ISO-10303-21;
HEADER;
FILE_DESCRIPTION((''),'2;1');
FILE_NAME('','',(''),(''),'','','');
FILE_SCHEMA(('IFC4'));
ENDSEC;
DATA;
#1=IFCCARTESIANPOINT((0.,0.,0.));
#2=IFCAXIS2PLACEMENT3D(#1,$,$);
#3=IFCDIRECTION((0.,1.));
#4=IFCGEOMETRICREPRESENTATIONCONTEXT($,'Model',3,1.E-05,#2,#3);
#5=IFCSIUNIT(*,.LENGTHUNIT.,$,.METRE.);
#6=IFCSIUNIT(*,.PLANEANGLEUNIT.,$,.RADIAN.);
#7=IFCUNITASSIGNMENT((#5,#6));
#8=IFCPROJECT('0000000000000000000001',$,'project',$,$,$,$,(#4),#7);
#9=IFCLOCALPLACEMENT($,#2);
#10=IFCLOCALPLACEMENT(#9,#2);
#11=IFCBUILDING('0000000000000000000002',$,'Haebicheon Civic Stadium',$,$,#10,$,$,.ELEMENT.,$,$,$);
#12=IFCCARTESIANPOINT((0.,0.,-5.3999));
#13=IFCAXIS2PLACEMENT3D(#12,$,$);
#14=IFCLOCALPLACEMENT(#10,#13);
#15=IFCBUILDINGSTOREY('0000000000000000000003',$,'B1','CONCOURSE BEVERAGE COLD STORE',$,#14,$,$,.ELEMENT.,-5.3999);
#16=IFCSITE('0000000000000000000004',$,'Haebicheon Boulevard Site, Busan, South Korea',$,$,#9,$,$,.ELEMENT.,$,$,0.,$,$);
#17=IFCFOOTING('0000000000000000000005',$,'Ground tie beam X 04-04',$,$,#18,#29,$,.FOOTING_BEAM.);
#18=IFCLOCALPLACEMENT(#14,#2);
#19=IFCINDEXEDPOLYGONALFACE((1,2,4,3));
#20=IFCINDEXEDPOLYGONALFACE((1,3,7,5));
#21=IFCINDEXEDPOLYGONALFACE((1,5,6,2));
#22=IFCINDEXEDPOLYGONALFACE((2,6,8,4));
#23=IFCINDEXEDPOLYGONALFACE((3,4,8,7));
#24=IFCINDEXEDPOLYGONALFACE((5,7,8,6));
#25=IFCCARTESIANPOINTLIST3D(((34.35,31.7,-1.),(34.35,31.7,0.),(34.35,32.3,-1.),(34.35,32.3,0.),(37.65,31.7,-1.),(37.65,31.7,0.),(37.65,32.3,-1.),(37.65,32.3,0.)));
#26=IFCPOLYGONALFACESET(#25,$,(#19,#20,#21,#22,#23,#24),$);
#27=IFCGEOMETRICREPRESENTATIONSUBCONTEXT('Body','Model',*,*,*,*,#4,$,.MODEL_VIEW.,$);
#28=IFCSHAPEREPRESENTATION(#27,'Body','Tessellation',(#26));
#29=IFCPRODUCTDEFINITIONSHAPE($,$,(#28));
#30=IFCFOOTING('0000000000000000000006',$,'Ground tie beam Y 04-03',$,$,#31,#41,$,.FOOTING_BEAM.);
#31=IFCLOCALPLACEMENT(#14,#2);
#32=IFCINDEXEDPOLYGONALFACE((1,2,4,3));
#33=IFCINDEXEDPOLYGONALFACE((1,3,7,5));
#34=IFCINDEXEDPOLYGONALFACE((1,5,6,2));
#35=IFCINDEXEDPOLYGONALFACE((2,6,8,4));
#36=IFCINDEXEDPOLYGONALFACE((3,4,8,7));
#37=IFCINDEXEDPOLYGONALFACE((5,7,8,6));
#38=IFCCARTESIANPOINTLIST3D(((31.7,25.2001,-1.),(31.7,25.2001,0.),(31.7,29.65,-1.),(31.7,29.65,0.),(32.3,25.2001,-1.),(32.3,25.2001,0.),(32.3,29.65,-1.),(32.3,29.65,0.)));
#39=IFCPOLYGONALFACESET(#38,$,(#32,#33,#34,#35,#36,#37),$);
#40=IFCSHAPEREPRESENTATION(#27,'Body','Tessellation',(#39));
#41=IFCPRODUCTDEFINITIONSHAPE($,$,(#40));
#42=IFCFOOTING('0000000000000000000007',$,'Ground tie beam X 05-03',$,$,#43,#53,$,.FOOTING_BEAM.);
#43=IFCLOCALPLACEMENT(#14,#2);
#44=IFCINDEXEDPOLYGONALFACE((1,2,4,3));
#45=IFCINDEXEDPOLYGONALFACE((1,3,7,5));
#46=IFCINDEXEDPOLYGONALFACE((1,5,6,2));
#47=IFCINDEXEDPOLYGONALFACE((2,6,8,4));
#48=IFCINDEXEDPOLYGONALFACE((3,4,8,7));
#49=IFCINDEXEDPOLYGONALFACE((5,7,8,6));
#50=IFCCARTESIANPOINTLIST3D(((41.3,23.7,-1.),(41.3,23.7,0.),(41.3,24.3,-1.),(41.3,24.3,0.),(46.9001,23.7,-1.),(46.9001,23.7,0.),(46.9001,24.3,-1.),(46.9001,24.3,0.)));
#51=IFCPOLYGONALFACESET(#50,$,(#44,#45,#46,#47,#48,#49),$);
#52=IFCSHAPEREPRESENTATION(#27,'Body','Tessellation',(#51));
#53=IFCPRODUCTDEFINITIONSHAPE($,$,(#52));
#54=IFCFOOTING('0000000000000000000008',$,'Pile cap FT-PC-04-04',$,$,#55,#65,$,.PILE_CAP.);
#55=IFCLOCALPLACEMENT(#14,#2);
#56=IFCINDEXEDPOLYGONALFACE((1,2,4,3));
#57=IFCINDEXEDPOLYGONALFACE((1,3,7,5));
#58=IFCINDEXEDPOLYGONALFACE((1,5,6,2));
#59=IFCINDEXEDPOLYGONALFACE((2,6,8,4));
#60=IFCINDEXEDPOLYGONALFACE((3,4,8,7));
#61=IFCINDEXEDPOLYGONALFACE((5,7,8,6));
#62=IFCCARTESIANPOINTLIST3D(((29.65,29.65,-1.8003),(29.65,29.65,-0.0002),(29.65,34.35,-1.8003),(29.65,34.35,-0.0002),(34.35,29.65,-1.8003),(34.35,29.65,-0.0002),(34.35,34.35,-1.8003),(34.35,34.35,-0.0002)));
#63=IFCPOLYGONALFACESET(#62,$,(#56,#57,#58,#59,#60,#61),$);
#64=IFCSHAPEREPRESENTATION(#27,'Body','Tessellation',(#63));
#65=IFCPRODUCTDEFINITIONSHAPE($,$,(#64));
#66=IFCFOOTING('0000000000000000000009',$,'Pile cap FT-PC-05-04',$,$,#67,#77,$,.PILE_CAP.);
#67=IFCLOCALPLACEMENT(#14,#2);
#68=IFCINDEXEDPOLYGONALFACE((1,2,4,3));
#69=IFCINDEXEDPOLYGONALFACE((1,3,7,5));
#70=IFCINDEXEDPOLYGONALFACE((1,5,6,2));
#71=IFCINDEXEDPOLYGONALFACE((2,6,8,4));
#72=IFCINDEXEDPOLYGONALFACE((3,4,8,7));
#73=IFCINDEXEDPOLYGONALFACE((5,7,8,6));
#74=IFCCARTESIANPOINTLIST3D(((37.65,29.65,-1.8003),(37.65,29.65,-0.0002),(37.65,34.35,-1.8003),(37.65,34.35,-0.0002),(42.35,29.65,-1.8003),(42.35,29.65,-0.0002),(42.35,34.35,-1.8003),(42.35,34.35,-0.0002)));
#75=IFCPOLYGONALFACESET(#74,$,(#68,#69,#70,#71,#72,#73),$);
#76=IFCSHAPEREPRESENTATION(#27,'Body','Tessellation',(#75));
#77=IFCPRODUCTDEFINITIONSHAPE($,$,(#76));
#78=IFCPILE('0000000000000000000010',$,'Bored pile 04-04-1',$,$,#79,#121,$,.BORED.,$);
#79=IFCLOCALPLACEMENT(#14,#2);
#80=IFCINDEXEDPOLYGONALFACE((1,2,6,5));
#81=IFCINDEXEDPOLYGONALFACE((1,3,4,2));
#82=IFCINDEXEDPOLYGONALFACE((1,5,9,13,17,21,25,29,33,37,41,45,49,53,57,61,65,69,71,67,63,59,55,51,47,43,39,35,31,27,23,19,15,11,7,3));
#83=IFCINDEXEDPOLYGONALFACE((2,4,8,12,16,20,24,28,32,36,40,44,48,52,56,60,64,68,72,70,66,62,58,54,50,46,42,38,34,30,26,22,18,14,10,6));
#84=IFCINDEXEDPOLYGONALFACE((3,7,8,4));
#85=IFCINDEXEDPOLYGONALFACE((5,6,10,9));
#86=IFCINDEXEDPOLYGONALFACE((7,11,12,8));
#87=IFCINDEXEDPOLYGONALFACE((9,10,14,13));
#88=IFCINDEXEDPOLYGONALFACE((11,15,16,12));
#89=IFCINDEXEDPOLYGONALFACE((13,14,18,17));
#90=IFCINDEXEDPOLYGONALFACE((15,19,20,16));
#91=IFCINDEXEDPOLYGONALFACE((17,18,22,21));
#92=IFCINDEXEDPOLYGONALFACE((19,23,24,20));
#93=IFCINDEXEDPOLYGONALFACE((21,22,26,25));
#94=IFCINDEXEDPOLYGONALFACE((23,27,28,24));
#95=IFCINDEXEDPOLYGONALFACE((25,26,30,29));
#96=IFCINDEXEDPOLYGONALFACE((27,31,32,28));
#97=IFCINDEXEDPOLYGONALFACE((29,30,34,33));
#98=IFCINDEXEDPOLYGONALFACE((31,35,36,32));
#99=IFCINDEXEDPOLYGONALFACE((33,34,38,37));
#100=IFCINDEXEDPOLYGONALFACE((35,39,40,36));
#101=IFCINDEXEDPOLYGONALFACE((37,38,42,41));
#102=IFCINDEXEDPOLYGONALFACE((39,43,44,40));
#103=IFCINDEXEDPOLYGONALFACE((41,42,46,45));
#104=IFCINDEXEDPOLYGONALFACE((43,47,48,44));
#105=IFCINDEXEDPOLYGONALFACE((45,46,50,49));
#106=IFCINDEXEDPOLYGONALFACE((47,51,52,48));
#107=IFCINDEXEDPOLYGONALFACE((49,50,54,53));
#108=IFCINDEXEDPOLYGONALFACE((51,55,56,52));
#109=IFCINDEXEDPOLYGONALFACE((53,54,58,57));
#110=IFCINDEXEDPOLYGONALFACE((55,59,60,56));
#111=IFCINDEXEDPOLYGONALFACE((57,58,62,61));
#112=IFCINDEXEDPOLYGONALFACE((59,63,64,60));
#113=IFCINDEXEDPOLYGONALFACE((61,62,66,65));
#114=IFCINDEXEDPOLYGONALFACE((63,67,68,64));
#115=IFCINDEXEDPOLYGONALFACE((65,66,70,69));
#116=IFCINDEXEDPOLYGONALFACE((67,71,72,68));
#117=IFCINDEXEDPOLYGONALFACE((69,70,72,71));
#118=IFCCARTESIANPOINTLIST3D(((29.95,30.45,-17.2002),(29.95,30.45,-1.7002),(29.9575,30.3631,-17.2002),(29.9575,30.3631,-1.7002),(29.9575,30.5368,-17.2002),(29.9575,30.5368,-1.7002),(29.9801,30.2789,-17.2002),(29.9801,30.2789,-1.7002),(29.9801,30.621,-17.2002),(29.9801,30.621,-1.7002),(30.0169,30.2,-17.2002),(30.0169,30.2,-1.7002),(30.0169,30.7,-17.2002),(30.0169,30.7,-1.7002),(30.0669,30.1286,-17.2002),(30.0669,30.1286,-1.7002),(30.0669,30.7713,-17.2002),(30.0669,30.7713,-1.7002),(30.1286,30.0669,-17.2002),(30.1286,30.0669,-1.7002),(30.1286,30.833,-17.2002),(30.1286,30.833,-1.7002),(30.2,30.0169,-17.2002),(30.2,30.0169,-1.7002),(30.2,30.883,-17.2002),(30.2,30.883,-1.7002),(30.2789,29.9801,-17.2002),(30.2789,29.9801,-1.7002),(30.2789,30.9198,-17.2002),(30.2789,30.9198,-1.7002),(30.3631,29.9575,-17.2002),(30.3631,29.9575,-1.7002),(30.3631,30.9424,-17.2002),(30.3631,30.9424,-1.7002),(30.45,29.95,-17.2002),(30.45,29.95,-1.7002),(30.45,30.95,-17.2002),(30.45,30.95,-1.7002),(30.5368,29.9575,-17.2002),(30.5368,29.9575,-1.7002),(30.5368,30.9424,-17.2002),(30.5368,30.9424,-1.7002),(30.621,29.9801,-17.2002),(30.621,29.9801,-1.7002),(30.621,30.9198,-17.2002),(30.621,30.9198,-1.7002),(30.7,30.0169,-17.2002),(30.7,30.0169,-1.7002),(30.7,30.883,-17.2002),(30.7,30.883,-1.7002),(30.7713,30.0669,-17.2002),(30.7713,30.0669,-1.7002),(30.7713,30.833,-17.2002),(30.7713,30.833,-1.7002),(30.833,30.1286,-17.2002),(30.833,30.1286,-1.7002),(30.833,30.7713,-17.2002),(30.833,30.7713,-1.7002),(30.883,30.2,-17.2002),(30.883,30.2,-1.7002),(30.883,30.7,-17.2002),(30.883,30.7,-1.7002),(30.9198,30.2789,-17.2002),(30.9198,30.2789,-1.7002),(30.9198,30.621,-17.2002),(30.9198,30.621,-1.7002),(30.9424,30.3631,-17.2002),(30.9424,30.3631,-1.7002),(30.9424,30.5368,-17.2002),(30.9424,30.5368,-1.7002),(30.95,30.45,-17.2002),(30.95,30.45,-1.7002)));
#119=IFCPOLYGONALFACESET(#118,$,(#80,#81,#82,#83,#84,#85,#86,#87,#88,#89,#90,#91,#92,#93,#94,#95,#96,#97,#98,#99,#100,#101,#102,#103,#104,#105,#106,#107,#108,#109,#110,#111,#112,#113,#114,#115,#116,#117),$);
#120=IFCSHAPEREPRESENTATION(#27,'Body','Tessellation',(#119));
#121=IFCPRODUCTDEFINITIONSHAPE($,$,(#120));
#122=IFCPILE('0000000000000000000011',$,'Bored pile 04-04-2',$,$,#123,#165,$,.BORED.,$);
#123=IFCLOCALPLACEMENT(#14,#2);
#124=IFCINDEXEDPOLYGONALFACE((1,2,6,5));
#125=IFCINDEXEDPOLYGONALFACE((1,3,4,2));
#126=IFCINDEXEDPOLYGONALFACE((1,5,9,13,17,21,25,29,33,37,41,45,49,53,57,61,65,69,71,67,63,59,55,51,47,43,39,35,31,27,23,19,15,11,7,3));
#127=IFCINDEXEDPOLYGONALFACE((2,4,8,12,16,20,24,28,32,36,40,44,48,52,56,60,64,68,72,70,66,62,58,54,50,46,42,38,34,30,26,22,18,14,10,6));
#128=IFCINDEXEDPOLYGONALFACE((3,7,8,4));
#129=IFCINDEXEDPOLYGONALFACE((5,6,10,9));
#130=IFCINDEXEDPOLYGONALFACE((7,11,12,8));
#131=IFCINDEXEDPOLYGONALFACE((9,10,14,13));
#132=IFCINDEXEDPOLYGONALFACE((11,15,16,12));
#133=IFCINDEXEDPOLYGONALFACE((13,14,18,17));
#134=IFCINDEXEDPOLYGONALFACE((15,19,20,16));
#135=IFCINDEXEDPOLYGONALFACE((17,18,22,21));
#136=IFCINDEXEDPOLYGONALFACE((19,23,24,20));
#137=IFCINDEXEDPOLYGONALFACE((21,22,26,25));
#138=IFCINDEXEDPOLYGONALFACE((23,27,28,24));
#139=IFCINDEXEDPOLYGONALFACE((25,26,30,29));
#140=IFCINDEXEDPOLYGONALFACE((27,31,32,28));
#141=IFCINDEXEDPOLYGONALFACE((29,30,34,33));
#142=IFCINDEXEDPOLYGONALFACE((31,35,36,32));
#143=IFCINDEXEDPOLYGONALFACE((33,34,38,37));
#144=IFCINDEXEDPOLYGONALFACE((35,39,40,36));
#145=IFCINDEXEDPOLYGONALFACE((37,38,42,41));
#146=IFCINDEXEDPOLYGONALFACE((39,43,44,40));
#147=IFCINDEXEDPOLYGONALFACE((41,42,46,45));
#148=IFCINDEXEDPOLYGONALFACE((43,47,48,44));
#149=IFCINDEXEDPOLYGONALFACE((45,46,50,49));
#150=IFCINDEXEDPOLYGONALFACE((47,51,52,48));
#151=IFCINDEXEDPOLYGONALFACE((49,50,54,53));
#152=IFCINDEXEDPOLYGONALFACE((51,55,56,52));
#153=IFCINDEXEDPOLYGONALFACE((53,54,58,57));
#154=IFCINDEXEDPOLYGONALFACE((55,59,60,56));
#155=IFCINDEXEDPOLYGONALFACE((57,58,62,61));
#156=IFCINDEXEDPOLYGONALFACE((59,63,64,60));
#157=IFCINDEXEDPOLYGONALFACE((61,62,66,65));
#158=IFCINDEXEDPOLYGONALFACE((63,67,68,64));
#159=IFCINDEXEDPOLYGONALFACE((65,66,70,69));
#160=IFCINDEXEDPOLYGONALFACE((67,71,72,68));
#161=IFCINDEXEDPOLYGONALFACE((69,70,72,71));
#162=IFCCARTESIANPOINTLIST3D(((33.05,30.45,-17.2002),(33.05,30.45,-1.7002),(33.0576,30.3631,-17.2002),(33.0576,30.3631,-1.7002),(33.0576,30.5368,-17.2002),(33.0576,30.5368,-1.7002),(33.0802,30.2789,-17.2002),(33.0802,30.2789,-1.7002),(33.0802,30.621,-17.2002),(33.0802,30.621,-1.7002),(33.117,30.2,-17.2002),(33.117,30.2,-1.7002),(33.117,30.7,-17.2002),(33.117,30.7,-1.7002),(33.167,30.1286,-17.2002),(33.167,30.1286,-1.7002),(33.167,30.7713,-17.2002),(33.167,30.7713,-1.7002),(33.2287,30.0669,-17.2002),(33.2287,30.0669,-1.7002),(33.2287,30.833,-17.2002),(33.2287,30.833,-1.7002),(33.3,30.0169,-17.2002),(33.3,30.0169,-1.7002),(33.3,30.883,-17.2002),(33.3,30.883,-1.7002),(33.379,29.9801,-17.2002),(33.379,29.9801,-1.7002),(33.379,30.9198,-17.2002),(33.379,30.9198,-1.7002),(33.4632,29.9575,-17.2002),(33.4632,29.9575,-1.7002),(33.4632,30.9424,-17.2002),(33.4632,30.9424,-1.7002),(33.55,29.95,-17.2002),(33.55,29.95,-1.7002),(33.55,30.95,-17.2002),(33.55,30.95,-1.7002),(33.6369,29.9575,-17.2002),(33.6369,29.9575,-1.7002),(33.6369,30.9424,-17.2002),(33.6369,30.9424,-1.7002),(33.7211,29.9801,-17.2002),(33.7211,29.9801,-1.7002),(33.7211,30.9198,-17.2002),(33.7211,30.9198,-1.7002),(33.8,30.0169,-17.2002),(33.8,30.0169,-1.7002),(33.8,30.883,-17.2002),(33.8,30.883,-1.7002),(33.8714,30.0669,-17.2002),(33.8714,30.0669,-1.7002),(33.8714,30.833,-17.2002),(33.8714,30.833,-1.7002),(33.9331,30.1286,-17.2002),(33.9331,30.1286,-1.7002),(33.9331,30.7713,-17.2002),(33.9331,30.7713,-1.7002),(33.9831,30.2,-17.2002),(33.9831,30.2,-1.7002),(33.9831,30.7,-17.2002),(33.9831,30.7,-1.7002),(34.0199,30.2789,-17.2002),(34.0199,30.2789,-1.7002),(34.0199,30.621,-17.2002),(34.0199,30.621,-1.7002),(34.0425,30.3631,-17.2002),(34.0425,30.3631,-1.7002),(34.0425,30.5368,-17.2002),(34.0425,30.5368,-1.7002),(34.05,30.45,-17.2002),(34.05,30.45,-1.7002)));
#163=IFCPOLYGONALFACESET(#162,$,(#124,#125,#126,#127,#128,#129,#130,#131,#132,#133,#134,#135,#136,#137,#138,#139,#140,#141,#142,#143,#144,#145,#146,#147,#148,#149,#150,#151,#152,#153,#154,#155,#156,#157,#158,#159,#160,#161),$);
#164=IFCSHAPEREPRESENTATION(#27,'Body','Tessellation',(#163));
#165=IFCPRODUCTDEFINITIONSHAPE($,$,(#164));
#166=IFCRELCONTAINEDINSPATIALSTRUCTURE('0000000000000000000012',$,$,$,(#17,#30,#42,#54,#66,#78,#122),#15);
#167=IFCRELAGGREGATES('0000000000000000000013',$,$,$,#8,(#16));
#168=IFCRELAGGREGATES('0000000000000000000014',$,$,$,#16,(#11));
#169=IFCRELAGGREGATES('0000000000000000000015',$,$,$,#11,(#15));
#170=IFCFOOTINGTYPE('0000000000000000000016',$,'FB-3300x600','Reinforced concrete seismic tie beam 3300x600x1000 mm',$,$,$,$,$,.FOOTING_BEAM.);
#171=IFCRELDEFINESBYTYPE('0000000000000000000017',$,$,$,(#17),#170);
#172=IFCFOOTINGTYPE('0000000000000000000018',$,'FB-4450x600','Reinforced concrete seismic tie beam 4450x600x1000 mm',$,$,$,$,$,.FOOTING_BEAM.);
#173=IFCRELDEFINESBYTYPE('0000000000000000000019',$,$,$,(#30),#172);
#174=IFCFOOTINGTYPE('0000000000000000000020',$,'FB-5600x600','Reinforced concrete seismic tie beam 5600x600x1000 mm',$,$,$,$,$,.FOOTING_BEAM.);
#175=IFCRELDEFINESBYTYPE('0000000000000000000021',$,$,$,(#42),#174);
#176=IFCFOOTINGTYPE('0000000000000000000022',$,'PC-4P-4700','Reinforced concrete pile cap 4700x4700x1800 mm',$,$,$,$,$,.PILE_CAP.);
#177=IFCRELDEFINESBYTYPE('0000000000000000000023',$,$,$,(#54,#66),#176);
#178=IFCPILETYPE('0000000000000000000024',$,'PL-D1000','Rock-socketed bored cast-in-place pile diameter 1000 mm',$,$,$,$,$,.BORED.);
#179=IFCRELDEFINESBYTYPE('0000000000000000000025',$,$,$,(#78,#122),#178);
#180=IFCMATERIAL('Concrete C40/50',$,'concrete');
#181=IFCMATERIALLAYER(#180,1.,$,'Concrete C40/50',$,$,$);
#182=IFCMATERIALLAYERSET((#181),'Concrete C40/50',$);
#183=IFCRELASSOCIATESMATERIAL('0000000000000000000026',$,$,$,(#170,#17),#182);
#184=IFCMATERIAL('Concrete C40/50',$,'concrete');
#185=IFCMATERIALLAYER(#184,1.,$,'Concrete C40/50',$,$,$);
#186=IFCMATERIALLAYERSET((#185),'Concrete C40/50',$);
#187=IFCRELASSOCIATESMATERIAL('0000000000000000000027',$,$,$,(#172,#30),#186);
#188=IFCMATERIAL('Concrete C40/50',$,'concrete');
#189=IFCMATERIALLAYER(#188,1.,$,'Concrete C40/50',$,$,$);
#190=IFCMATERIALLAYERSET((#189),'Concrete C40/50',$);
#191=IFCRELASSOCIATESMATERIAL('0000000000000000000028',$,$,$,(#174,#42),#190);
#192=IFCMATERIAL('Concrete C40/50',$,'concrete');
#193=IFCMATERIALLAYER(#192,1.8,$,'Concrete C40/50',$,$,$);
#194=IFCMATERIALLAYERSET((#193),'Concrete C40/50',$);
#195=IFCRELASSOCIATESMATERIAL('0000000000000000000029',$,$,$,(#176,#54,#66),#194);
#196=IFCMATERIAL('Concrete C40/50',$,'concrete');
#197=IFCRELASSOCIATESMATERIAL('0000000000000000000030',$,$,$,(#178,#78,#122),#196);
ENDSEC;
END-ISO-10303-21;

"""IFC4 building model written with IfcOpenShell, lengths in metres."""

from ifc_helpers import new_model, si_unit, direction, frame, origin, origin_2d, place, context, subcontext, project, spatial, rectangle, circle, extrude, material, layer, layer_set, material_profile, profile_set, type_object, element, save


model = new_model("IFC4")

# Units and contexts
model_context = context("Model", 3, precision=1e-05, world=origin(), true_north=direction((0.0, 1.0)))
body_context = subcontext(model_context, "Body", "Model", "MODEL_VIEW")
ifc_project = project(units=[si_unit("LENGTHUNIT", "METRE"), si_unit("PLANEANGLEUNIT", "RADIAN")], contexts=[model_context])

# Site, building, storey
site_placement = place(None, origin())
site = spatial("IfcSite", under=ifc_project, at=site_placement, Name="Haebicheon Boulevard Site, Busan, South Korea", CompositionType="ELEMENT", RefElevation=0.0)
building_placement = place(site_placement, origin())
building = spatial("IfcBuilding", under=site, at=building_placement, Name="Haebicheon Civic Stadium", CompositionType="ELEMENT")
storey_placement = place(building_placement, frame((0.0, 0.0, -5.3999)))
storey = spatial("IfcBuildingStorey", under=building, at=storey_placement, Name="B1", Description="CONCOURSE BEVERAGE COLD STORE", CompositionType="ELEMENT", Elevation=-5.3999)

# Footings
ifc_material_1 = material(Name="Concrete C40/50", Category="concrete")
ifc_layer_1 = layer(ifc_material_1, 1.0, Name="Concrete C40/50")
ifc_layer_set_1 = layer_set([ifc_layer_1], Name="Concrete C40/50")
footing_type_1 = type_object("IfcFootingType", Name="FB-3300x600", Description="Reinforced concrete seismic tie beam 3300x600x1000 mm", PredefinedType="FOOTING_BEAM", material=ifc_layer_set_1)
footing_1_placement = place(storey_placement, frame((36.0, 32.0, -1.0), z_axis=(0.0, 0.0, 1.0), x_axis=(1.0, 0.0, 0.0)))
element("IfcFooting", 1, at=footing_1_placement, inside=storey, type_object=footing_type_1, material=ifc_layer_set_1, Name="Ground tie beam X 04-04", PredefinedType="FOOTING_BEAM", context=body_context, shape_type="SweptSolid", body=[
    extrude(rectangle(XDim=3.3, YDim=0.6001, at=origin_2d()), origin(), (0.0, 0.0, 1.0), 1.0),
])
ifc_material_2 = material(Name="Concrete C40/50", Category="concrete")
ifc_layer_2 = layer(ifc_material_2, 1.0, Name="Concrete C40/50")
ifc_layer_set_2 = layer_set([ifc_layer_2], Name="Concrete C40/50")
footing_type_2 = type_object("IfcFootingType", Name="FB-4450x600", Description="Reinforced concrete seismic tie beam 4450x600x1000 mm", PredefinedType="FOOTING_BEAM", material=ifc_layer_set_2)
footing_2_placement = place(storey_placement, frame((32.0, 27.425, -1.0), z_axis=(0.0, 0.0, 1.0), x_axis=(0.0, 1.0, 0.0)))
element("IfcFooting", 2, at=footing_2_placement, inside=storey, type_object=footing_type_2, material=ifc_layer_set_2, Name="Ground tie beam Y 04-03", PredefinedType="FOOTING_BEAM", context=body_context, shape_type="SweptSolid", body=[
    extrude(rectangle(XDim=4.45, YDim=0.6001, at=origin_2d()), origin(), (0.0, 0.0, 1.0), 1.0),
])
ifc_material_3 = material(Name="Concrete C40/50", Category="concrete")
ifc_layer_3 = layer(ifc_material_3, 1.0, Name="Concrete C40/50")
ifc_layer_set_3 = layer_set([ifc_layer_3], Name="Concrete C40/50")
footing_type_3 = type_object("IfcFootingType", Name="FB-5600x600", Description="Reinforced concrete seismic tie beam 5600x600x1000 mm", PredefinedType="FOOTING_BEAM", material=ifc_layer_set_3)
footing_3_placement = place(storey_placement, frame((44.1001, 24.0, -1.0), z_axis=(0.0, 0.0, 1.0), x_axis=(1.0, 0.0, 0.0)))
element("IfcFooting", 3, at=footing_3_placement, inside=storey, type_object=footing_type_3, material=ifc_layer_set_3, Name="Ground tie beam X 05-03", PredefinedType="FOOTING_BEAM", context=body_context, shape_type="SweptSolid", body=[
    extrude(rectangle(XDim=5.6001, YDim=0.6001, at=origin_2d()), origin(), (0.0, 0.0, 1.0), 1.0),
])
ifc_material_4 = material(Name="Concrete C40/50", Category="concrete")
ifc_layer_4 = layer(ifc_material_4, 1.8, Name="Concrete C40/50")
ifc_layer_set_4 = layer_set([ifc_layer_4], Name="Concrete C40/50")
footing_type_4 = type_object("IfcFootingType", Name="PC-4P-4700", Description="Reinforced concrete pile cap 4700x4700x1800 mm", PredefinedType="PILE_CAP", material=ifc_layer_set_4)
for number, where, z_axis, x_axis, name in (
    (4, (32.0, 32.0, -1.8003), (0.0, 0.0, 1.0), (1.0, 0.0, 0.0), "Pile cap FT-PC-04-04"),
    (5, (40.0, 32.0, -1.8003), (0.0, 0.0, 1.0), (1.0, 0.0, 0.0), "Pile cap FT-PC-05-04"),
):
    element("IfcFooting", number, at=place(storey_placement, frame(where, z_axis=z_axis, x_axis=x_axis)), inside=storey, type_object=footing_type_4, material=ifc_layer_set_4, Name=name, PredefinedType="PILE_CAP", context=body_context, shape_type="SweptSolid", body=[
        extrude(rectangle(XDim=4.7, YDim=4.7, at=origin_2d()), origin(), (0.0, 0.0, 1.0), 1.8),
    ])

# Piles
ifc_material_5 = material(Name="Concrete C40/50", Category="concrete")
ifc_material_profile_1 = material_profile(ifc_material_5, circle(Radius=0.5, at=origin_2d()), Name="PILE-D1000")
ifc_profile_set_1 = profile_set([ifc_material_profile_1], Name="Concrete C40/50")
pile_type = type_object("IfcPileType", Name="PL-D1000", Description="Rock-socketed bored cast-in-place pile diameter 1000 mm", PredefinedType="BORED", material=ifc_profile_set_1)
for number, where, z_axis, x_axis, name in (
    (6, (30.45, 30.45, -1.7002), (0.0, 0.0, -1.0), (1.0, 0.0, 0.0), "Bored pile 04-04-1"),
    (7, (33.55, 30.45, -1.7002), (0.0, 0.0, -1.0), (1.0, 0.0, 0.0), "Bored pile 04-04-2"),
):
    element("IfcPile", number, at=place(storey_placement, frame(where, z_axis=z_axis, x_axis=x_axis)), inside=storey, type_object=pile_type, material=ifc_profile_set_1, Name=name, PredefinedType="BORED", context=body_context, shape_type="SweptSolid", body=[
        extrude(circle(Radius=0.5, at=origin_2d()), origin(), (0.0, 0.0, 1.0), 15.5),
    ])

save(model, "model.ifc")
